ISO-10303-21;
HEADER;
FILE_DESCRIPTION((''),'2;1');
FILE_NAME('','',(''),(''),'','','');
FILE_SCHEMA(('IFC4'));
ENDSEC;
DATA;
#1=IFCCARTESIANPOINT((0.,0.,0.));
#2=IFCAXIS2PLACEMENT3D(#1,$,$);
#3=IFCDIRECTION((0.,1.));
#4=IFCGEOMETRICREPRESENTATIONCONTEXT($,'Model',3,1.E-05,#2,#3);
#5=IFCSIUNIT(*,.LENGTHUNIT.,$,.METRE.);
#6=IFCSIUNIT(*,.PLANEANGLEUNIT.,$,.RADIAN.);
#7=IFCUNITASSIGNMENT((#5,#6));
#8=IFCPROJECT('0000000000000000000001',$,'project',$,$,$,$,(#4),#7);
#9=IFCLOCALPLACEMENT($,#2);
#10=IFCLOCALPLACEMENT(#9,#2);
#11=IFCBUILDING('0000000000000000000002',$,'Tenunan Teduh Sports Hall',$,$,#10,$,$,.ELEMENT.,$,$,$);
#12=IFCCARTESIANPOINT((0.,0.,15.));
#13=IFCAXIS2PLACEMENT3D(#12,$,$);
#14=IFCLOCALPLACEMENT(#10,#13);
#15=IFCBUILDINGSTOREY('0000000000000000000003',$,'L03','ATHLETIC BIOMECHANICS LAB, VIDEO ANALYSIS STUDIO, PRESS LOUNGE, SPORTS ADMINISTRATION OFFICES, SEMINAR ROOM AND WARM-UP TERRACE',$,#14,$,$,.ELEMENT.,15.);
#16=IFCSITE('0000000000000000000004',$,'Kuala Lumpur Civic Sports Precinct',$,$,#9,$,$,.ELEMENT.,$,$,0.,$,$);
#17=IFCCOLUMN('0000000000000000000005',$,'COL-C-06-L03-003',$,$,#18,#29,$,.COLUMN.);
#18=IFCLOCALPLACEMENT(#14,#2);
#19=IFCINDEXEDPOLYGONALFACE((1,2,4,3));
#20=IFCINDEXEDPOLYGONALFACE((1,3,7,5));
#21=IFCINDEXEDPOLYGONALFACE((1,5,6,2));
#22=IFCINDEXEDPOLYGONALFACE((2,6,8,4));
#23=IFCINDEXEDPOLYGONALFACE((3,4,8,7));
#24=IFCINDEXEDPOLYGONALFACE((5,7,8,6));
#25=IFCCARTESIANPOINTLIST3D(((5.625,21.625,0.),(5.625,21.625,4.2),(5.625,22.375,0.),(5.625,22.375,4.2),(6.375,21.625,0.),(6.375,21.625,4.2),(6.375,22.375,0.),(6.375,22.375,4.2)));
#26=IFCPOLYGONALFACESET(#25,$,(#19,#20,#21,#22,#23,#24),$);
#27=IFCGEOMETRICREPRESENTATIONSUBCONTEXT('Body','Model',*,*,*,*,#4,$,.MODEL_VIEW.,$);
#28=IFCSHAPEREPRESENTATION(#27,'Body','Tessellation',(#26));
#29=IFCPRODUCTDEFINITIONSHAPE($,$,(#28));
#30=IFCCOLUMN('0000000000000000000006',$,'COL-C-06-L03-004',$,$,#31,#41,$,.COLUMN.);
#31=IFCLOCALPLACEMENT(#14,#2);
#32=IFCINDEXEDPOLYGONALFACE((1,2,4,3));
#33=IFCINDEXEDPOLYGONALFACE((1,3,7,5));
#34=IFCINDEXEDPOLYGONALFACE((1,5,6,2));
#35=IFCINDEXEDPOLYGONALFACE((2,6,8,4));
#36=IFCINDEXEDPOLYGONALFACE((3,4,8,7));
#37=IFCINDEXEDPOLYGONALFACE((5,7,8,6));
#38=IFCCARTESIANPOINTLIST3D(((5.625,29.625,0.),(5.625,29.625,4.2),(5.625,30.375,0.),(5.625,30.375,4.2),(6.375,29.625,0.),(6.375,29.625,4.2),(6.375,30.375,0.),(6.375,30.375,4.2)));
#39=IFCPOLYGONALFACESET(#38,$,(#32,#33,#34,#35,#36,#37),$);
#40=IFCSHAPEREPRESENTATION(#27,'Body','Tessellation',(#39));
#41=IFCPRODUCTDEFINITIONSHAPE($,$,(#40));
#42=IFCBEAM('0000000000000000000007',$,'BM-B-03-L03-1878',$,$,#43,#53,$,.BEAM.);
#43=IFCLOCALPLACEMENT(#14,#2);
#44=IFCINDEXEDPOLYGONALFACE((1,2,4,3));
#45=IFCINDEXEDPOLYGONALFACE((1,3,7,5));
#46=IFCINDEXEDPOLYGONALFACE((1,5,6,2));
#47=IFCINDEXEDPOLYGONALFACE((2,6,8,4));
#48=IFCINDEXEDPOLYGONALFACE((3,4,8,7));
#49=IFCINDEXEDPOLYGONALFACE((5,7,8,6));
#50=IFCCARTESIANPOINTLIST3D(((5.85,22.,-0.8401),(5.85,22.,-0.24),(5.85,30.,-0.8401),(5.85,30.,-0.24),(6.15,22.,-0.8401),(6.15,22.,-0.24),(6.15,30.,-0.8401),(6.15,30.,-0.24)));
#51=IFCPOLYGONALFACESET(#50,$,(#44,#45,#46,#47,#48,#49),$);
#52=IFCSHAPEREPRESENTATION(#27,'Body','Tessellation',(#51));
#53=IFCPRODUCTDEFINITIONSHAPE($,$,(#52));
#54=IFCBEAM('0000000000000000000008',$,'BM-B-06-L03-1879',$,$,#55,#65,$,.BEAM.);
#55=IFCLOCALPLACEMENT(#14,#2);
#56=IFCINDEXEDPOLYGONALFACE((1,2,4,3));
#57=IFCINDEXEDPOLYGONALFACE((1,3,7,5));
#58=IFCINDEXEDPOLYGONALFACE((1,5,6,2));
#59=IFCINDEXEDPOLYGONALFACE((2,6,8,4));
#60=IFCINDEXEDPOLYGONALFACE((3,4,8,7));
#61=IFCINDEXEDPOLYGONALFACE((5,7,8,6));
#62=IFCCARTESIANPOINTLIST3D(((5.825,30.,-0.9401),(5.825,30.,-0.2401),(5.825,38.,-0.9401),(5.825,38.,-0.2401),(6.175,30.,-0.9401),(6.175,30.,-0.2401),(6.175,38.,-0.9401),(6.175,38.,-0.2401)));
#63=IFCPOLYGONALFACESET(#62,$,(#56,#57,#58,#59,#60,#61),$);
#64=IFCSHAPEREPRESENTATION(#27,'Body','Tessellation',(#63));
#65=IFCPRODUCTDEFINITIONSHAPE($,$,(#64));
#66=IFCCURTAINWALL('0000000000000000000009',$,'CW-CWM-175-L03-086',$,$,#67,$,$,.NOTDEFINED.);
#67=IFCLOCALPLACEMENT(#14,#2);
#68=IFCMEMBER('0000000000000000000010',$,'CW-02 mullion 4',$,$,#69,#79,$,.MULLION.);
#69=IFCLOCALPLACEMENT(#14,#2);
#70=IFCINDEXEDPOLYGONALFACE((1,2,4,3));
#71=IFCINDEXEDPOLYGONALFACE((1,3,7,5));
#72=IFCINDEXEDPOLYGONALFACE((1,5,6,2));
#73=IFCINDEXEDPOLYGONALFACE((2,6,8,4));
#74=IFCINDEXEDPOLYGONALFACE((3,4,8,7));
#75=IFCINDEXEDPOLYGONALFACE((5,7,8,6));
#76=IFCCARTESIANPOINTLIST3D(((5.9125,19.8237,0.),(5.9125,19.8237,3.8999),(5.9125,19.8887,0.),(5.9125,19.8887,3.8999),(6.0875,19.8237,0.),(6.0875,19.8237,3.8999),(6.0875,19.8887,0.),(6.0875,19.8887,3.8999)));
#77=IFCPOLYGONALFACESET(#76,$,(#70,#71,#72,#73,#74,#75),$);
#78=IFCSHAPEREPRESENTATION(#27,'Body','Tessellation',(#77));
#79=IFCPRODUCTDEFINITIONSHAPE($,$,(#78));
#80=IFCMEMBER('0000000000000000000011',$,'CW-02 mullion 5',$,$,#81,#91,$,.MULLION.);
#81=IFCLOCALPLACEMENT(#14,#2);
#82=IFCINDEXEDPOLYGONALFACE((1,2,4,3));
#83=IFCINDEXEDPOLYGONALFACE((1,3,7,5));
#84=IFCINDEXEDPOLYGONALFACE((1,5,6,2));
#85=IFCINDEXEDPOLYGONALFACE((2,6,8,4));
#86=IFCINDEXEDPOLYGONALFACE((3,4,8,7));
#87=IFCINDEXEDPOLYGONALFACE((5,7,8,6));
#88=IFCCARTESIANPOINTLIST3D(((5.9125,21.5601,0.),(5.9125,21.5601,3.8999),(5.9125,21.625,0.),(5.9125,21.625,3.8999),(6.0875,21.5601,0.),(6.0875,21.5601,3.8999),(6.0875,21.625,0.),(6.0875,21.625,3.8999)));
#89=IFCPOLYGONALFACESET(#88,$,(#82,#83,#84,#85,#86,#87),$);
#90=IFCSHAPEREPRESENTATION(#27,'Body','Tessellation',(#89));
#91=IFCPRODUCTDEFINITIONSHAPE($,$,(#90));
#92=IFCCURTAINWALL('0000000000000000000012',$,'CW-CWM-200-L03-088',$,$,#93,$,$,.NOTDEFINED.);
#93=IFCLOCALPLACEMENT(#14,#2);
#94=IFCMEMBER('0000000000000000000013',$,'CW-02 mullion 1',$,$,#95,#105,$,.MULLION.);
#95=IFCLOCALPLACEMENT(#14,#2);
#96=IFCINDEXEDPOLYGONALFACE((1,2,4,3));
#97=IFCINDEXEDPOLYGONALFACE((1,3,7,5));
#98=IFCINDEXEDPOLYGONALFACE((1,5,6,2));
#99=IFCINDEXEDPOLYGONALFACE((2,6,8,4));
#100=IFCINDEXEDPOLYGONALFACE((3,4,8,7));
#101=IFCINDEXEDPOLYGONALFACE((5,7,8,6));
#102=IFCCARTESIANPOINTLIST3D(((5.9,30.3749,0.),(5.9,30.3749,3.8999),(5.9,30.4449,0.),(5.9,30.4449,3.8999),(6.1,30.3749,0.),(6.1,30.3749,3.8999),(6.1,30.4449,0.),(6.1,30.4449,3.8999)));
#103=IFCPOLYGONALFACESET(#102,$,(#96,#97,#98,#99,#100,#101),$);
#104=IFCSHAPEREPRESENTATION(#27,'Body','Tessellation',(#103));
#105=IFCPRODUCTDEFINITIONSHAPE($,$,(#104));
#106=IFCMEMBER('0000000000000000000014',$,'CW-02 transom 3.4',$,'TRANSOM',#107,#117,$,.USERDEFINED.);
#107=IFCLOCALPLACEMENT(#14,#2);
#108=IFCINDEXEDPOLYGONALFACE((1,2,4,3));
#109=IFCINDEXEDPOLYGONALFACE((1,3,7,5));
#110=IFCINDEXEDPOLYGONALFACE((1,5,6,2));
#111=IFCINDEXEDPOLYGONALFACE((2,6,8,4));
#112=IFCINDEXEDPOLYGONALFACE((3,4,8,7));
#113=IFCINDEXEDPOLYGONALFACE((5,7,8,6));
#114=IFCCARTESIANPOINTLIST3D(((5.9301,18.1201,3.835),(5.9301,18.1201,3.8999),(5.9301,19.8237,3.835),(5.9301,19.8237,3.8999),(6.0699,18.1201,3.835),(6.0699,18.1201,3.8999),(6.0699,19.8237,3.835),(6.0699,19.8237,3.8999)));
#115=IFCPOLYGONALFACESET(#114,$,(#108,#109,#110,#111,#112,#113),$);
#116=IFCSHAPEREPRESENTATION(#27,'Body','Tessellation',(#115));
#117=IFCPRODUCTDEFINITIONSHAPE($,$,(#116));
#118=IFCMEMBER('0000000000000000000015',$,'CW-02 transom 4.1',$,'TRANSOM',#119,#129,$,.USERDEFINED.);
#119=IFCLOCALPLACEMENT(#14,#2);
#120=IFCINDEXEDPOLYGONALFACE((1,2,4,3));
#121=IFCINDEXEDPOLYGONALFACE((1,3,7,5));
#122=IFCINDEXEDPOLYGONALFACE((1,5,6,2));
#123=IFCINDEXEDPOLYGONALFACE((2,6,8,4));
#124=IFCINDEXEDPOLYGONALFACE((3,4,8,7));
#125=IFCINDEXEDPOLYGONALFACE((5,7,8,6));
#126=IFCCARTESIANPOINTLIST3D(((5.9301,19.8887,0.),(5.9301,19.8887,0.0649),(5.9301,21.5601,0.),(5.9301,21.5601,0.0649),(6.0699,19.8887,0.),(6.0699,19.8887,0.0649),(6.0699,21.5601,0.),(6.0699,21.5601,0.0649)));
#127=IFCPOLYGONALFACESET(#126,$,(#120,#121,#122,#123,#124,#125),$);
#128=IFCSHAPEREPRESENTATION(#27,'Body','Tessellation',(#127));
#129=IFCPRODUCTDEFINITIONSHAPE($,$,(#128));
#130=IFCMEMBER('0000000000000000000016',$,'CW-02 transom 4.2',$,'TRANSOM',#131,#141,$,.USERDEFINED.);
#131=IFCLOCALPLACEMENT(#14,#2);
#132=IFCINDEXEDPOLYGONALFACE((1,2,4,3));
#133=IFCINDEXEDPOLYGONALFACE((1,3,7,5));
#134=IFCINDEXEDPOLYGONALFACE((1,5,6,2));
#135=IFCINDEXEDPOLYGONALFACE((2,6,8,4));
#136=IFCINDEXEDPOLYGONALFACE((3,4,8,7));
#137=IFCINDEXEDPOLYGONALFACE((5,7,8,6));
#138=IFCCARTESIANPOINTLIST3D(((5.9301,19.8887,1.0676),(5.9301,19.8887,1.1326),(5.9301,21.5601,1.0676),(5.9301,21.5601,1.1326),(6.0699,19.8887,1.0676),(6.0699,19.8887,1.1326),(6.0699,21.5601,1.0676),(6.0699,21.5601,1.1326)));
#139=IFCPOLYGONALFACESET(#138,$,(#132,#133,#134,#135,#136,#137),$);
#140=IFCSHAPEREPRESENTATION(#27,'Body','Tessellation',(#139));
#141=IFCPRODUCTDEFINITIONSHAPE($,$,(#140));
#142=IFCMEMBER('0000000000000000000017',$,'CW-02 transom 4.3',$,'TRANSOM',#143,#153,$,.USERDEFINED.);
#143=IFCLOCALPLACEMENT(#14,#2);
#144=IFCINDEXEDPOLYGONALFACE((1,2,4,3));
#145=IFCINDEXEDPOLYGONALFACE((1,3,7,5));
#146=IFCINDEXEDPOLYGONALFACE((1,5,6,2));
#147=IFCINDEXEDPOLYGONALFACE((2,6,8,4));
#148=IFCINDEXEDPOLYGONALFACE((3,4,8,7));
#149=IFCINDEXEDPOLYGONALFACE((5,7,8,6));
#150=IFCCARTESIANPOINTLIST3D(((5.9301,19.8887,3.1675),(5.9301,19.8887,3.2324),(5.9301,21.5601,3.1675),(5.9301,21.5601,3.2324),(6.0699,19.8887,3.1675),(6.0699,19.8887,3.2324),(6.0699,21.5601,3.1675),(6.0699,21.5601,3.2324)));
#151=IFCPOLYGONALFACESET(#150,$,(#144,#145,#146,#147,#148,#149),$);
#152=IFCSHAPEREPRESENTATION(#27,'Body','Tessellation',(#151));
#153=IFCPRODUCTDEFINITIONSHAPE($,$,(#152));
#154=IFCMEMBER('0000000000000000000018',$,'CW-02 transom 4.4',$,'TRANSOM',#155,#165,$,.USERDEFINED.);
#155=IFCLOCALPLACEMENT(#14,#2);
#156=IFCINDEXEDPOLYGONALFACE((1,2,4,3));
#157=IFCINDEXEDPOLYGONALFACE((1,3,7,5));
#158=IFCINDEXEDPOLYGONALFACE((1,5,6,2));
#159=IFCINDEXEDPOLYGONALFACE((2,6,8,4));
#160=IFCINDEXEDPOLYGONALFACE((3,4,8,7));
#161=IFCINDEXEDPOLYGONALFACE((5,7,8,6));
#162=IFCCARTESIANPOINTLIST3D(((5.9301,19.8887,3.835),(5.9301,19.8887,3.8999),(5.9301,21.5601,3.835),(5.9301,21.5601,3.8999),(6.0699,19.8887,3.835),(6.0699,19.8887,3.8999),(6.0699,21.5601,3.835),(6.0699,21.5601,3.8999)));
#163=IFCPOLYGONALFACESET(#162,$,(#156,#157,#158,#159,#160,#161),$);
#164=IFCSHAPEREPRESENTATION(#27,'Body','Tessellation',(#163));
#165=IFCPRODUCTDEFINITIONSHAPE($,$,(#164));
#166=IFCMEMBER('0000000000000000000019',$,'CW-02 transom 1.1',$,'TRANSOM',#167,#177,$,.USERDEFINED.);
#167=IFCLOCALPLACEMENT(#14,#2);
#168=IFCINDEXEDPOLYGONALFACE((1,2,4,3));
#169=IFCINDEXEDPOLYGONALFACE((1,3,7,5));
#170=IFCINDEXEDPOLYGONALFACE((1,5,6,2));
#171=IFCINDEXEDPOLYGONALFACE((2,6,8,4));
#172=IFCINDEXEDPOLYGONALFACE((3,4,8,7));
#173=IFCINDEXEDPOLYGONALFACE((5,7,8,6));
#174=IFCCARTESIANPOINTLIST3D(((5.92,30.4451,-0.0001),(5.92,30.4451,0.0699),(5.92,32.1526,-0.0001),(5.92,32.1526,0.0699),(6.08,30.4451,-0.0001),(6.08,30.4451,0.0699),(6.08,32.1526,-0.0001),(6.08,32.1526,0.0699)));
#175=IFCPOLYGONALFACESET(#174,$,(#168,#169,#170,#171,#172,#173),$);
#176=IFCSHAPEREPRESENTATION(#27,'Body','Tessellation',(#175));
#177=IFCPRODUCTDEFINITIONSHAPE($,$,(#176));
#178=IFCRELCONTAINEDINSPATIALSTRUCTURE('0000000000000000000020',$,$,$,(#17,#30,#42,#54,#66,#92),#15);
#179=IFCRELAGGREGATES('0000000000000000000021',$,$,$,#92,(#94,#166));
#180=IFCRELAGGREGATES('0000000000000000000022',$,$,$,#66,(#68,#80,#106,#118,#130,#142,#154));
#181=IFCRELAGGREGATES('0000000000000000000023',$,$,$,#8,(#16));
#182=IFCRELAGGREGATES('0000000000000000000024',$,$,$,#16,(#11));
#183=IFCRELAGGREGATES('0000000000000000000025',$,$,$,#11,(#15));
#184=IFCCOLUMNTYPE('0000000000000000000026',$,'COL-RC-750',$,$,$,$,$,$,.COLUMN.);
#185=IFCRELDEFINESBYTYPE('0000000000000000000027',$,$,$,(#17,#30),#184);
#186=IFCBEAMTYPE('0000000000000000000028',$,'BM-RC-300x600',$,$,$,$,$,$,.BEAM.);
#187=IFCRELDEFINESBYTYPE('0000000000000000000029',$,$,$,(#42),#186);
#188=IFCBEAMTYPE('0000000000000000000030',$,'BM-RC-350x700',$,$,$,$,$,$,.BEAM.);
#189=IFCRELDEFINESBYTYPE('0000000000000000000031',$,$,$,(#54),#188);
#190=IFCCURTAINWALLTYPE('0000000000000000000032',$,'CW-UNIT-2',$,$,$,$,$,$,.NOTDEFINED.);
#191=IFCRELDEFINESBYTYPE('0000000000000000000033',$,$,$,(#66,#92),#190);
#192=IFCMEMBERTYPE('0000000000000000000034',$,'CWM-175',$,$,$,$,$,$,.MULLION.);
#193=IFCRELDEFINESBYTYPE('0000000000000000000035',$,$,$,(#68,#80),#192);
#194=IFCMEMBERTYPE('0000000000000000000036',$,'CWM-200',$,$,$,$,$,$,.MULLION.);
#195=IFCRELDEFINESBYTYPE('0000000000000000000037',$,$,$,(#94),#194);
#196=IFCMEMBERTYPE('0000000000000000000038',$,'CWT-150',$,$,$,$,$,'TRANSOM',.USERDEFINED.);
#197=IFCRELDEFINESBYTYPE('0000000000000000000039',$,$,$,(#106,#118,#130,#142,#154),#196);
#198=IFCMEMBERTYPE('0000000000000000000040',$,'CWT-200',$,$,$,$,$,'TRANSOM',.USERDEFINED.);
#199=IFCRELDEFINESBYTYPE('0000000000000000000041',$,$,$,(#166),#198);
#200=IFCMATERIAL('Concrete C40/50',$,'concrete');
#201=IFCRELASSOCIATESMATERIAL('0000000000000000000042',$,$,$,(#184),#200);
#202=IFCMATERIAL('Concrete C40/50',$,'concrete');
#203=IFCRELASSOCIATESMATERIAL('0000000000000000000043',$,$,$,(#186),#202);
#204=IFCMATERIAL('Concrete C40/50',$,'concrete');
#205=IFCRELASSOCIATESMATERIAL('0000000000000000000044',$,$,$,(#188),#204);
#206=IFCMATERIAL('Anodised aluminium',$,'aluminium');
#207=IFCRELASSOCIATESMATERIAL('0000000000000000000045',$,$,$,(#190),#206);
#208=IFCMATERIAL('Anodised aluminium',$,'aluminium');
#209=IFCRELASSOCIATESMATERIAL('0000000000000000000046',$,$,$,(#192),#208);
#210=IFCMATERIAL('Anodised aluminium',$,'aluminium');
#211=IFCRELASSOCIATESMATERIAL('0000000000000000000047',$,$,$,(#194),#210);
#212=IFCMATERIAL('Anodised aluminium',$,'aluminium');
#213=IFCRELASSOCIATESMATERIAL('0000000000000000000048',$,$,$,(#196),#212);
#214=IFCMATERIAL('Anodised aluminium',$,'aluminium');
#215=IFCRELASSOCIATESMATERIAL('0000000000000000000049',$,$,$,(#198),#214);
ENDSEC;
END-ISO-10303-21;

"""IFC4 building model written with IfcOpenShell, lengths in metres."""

from ifc_helpers import new_model, si_unit, direction, frame, origin, origin_2d, place, context, subcontext, project, spatial, rectangle, extrude, material, material_profile, profile_set, type_object, element, aggregate, save


model = new_model("IFC4")

# Units and contexts
model_context = context("Model", 3, precision=1e-05, world=origin(), true_north=direction((0.0, 1.0)))
body_context = subcontext(model_context, "Body", "Model", "MODEL_VIEW")
ifc_project = project(units=[si_unit("LENGTHUNIT", "METRE"), si_unit("PLANEANGLEUNIT", "RADIAN")], contexts=[model_context])

# Site, building, storey
site_placement = place(None, origin())
site = spatial("IfcSite", under=ifc_project, at=site_placement, Name="Kuala Lumpur Civic Sports Precinct", CompositionType="ELEMENT", RefElevation=0.0)
building_placement = place(site_placement, origin())
building = spatial("IfcBuilding", under=site, at=building_placement, Name="Tenunan Teduh Sports Hall", CompositionType="ELEMENT")
storey_placement = place(building_placement, frame((0.0, 0.0, 15.0)))
storey = spatial("IfcBuildingStorey", under=building, at=storey_placement, Name="L03", Description="ATHLETIC BIOMECHANICS LAB, VIDEO ANALYSIS STUDIO, PRESS LOUNGE, SPORTS ADMINISTRATION OFFICES, SEMINAR ROOM AND WARM-UP TERRACE", CompositionType="ELEMENT", Elevation=15.0)

# Columns
ifc_material_1 = material(Name="Concrete C40/50", Category="concrete")
ifc_material_profile_1 = material_profile(ifc_material_1, rectangle(XDim=0.75, YDim=0.75, at=origin_2d()), Name="RC 750x750")
ifc_profile_set_1 = profile_set([ifc_material_profile_1], Name="Concrete C40/50")
column_type = type_object("IfcColumnType", Name="COL-RC-750", PredefinedType="COLUMN", material=ifc_profile_set_1)
for number, where, z_axis, x_axis, name in (
    (1, (6.0, 22.0, 0.0), (0.0, 0.0, 1.0), (1.0, 0.0, 0.0), "COL-C-06-L03-003"),
    (2, (6.0, 30.0, 0.0), (0.0, 0.0, 1.0), (1.0, 0.0, 0.0), "COL-C-06-L03-004"),
):
    element("IfcColumn", number, at=place(storey_placement, frame(where, z_axis=z_axis, x_axis=x_axis)), inside=storey, type_object=column_type, Name=name, PredefinedType="COLUMN", context=body_context, shape_type="SweptSolid", body=[
        extrude(rectangle(XDim=0.75, YDim=0.75, at=origin_2d()), origin(), (0.0, 0.0, 1.0), 4.2),
    ])

# Beams
ifc_material_2 = material(Name="Concrete C40/50", Category="concrete")
ifc_material_profile_2 = material_profile(ifc_material_2, rectangle(XDim=0.3, YDim=0.6001, at=origin_2d()), Name="RCB 300x600")
ifc_profile_set_2 = profile_set([ifc_material_profile_2], Name="Concrete C40/50")
beam_type_1 = type_object("IfcBeamType", Name="BM-RC-300x600", PredefinedType="BEAM", material=ifc_profile_set_2)
beam_1_placement = place(storey_placement, frame((6.0, 22.0, -0.54), z_axis=(0.0, 1.0, 0.0), x_axis=(-1.0, 0.0, 0.0)))
element("IfcBeam", 3, at=beam_1_placement, inside=storey, type_object=beam_type_1, Name="BM-B-03-L03-1878", PredefinedType="BEAM", context=body_context, shape_type="SweptSolid", body=[
    extrude(rectangle(XDim=0.3, YDim=0.6001, at=origin_2d()), origin(), (0.0, 0.0, 1.0), 8.0),
])
ifc_material_3 = material(Name="Concrete C40/50", Category="concrete")
ifc_material_profile_3 = material_profile(ifc_material_3, rectangle(XDim=0.3501, YDim=0.7, at=origin_2d()), Name="RCB 350x700")
ifc_profile_set_3 = profile_set([ifc_material_profile_3], Name="Concrete C40/50")
beam_type_2 = type_object("IfcBeamType", Name="BM-RC-350x700", PredefinedType="BEAM", material=ifc_profile_set_3)
beam_2_placement = place(storey_placement, frame((6.0, 30.0, -0.5901), z_axis=(0.0, 1.0, 0.0), x_axis=(-1.0, 0.0, 0.0)))
element("IfcBeam", 4, at=beam_2_placement, inside=storey, type_object=beam_type_2, Name="BM-B-06-L03-1879", PredefinedType="BEAM", context=body_context, shape_type="SweptSolid", body=[
    extrude(rectangle(XDim=0.3501, YDim=0.7, at=origin_2d()), origin(), (0.0, 0.0, 1.0), 8.0),
])

# Curtain wall, members
ifc_material_4 = material(Name="Anodised aluminium", Category="aluminium")
curtain_wall_type = type_object("IfcCurtainWallType", Name="CW-UNIT-2", PredefinedType="NOTDEFINED", material=ifc_material_4)
curtain_wall_1_placement = place(storey_placement, origin())
curtain_wall_1 = element("IfcCurtainWall", 5, at=curtain_wall_1_placement, inside=storey, type_object=curtain_wall_type, Name="CW-CWM-175-L03-086", PredefinedType="NOTDEFINED")
ifc_material_5 = material(Name="Anodised aluminium", Category="aluminium")
ifc_material_profile_4 = material_profile(ifc_material_5, rectangle(XDim=0.0649, YDim=0.175, at=origin_2d()), Name="CWM 65x175")
ifc_profile_set_4 = profile_set([ifc_material_profile_4], Name="Anodised aluminium")
member_type_1 = type_object("IfcMemberType", Name="CWM-175", PredefinedType="MULLION", material=ifc_profile_set_4)
member_1_placement = place(storey_placement, frame((6.0, 19.8562, 0.0), z_axis=(0.0, 0.0, 1.0), x_axis=(0.0, 1.0, 0.0)))
member_1 = element("IfcMember", 6, at=member_1_placement, type_object=member_type_1, Name="CW-02 mullion 4", PredefinedType="MULLION", context=body_context, shape_type="SweptSolid", body=[
    extrude(rectangle(XDim=0.0649, YDim=0.175, at=origin_2d()), origin(), (0.0, 0.0, 1.0), 3.8999),
])
member_2_placement = place(storey_placement, frame((6.0, 21.5925, 0.0), z_axis=(0.0, 0.0, 1.0), x_axis=(0.0, 1.0, 0.0)))
member_2 = element("IfcMember", 7, at=member_2_placement, type_object=member_type_1, Name="CW-02 mullion 5", PredefinedType="MULLION", context=body_context, shape_type="SweptSolid", body=[
    extrude(rectangle(XDim=0.0649, YDim=0.175, at=origin_2d()), origin(), (0.0, 0.0, 1.0), 3.8999),
])

# Curtain wall, member
curtain_wall_2_placement = place(storey_placement, origin())
curtain_wall_2 = element("IfcCurtainWall", 8, at=curtain_wall_2_placement, inside=storey, type_object=curtain_wall_type, Name="CW-CWM-200-L03-088", PredefinedType="NOTDEFINED")
ifc_material_6 = material(Name="Anodised aluminium", Category="aluminium")
ifc_material_profile_5 = material_profile(ifc_material_6, rectangle(XDim=0.0701, YDim=0.2, at=origin_2d()), Name="CWM 70x200")
ifc_profile_set_5 = profile_set([ifc_material_profile_5], Name="Anodised aluminium")
member_type_2 = type_object("IfcMemberType", Name="CWM-200", PredefinedType="MULLION", material=ifc_profile_set_5)
member_3_placement = place(storey_placement, frame((6.0, 30.4099, 0.0), z_axis=(0.0, 0.0, 1.0), x_axis=(0.0, 1.0, 0.0)))
member_3 = element("IfcMember", 9, at=member_3_placement, type_object=member_type_2, Name="CW-02 mullion 1", PredefinedType="MULLION", context=body_context, shape_type="SweptSolid", body=[
    extrude(rectangle(XDim=0.0701, YDim=0.2, at=origin_2d()), origin(), (0.0, 0.0, 1.0), 3.8999),
])

# Members
ifc_material_7 = material(Name="Anodised aluminium", Category="aluminium")
ifc_material_profile_6 = material_profile(ifc_material_7, rectangle(XDim=0.0649, YDim=0.1399, at=origin_2d()), Name="CWT 65x140")
ifc_profile_set_6 = profile_set([ifc_material_profile_6], Name="Anodised aluminium")
member_type_3 = type_object("IfcMemberType", Name="CWT-150", ElementType="TRANSOM", PredefinedType="USERDEFINED", material=ifc_profile_set_6)
member_4_placement = place(storey_placement, frame((6.0, 18.1201, 3.8674), z_axis=(0.0, 1.0, 0.0), x_axis=(0.0, 0.0, 1.0)))
member_4 = element("IfcMember", 10, at=member_4_placement, type_object=member_type_3, Name="CW-02 transom 3.4", ObjectType="TRANSOM", PredefinedType="USERDEFINED", context=body_context, shape_type="SweptSolid", body=[
    extrude(rectangle(XDim=0.0649, YDim=0.1399, at=origin_2d()), origin(), (0.0, 0.0, 1.0), 1.7036),
])
member_5_placement = place(storey_placement, frame((6.0, 19.8887, 0.0325), z_axis=(0.0, 1.0, 0.0), x_axis=(0.0, 0.0, 1.0)))
member_5 = element("IfcMember", 11, at=member_5_placement, type_object=member_type_3, Name="CW-02 transom 4.1", ObjectType="TRANSOM", PredefinedType="USERDEFINED", context=body_context, shape_type="SweptSolid", body=[
    extrude(rectangle(XDim=0.0649, YDim=0.1399, at=origin_2d()), origin(), (0.0, 0.0, 1.0), 1.6714),
])
member_6_placement = place(storey_placement, frame((6.0, 19.8887, 1.1001), z_axis=(0.0, 1.0, 0.0), x_axis=(0.0, 0.0, 1.0)))
member_6 = element("IfcMember", 12, at=member_6_placement, type_object=member_type_3, Name="CW-02 transom 4.2", ObjectType="TRANSOM", PredefinedType="USERDEFINED", context=body_context, shape_type="SweptSolid", body=[
    extrude(rectangle(XDim=0.0649, YDim=0.1399, at=origin_2d()), origin(), (0.0, 0.0, 1.0), 1.6714),
])
member_7_placement = place(storey_placement, frame((6.0, 19.8887, 3.2), z_axis=(0.0, 1.0, 0.0), x_axis=(0.0, 0.0, 1.0)))
member_7 = element("IfcMember", 13, at=member_7_placement, type_object=member_type_3, Name="CW-02 transom 4.3", ObjectType="TRANSOM", PredefinedType="USERDEFINED", context=body_context, shape_type="SweptSolid", body=[
    extrude(rectangle(XDim=0.0649, YDim=0.1399, at=origin_2d()), origin(), (0.0, 0.0, 1.0), 1.6714),
])
member_8_placement = place(storey_placement, frame((6.0, 19.8887, 3.8674), z_axis=(0.0, 1.0, 0.0), x_axis=(0.0, 0.0, 1.0)))
member_8 = element("IfcMember", 14, at=member_8_placement, type_object=member_type_3, Name="CW-02 transom 4.4", ObjectType="TRANSOM", PredefinedType="USERDEFINED", context=body_context, shape_type="SweptSolid", body=[
    extrude(rectangle(XDim=0.0649, YDim=0.1399, at=origin_2d()), origin(), (0.0, 0.0, 1.0), 1.6714),
])
ifc_material_8 = material(Name="Anodised aluminium", Category="aluminium")
ifc_material_profile_7 = material_profile(ifc_material_8, rectangle(XDim=0.0701, YDim=0.1599, at=origin_2d()), Name="CWT 70x160")
ifc_profile_set_7 = profile_set([ifc_material_profile_7], Name="Anodised aluminium")
member_type_4 = type_object("IfcMemberType", Name="CWT-200", ElementType="TRANSOM", PredefinedType="USERDEFINED", material=ifc_profile_set_7)
member_9_placement = place(storey_placement, frame((6.0, 30.4451, 0.0349), z_axis=(0.0, 1.0, 0.0), x_axis=(0.0, 0.0, 1.0)))
member_9 = element("IfcMember", 15, at=member_9_placement, type_object=member_type_4, Name="CW-02 transom 1.1", ObjectType="TRANSOM", PredefinedType="USERDEFINED", context=body_context, shape_type="SweptSolid", body=[
    extrude(rectangle(XDim=0.0701, YDim=0.1599, at=origin_2d()), origin(), (0.0, 0.0, 1.0), 1.7075),
])
aggregate(curtain_wall_2, [member_3, member_9])

aggregate(curtain_wall_1, [member_1, member_2, member_4, member_5, member_6, member_7, member_8])

save(model, "model.ifc")
